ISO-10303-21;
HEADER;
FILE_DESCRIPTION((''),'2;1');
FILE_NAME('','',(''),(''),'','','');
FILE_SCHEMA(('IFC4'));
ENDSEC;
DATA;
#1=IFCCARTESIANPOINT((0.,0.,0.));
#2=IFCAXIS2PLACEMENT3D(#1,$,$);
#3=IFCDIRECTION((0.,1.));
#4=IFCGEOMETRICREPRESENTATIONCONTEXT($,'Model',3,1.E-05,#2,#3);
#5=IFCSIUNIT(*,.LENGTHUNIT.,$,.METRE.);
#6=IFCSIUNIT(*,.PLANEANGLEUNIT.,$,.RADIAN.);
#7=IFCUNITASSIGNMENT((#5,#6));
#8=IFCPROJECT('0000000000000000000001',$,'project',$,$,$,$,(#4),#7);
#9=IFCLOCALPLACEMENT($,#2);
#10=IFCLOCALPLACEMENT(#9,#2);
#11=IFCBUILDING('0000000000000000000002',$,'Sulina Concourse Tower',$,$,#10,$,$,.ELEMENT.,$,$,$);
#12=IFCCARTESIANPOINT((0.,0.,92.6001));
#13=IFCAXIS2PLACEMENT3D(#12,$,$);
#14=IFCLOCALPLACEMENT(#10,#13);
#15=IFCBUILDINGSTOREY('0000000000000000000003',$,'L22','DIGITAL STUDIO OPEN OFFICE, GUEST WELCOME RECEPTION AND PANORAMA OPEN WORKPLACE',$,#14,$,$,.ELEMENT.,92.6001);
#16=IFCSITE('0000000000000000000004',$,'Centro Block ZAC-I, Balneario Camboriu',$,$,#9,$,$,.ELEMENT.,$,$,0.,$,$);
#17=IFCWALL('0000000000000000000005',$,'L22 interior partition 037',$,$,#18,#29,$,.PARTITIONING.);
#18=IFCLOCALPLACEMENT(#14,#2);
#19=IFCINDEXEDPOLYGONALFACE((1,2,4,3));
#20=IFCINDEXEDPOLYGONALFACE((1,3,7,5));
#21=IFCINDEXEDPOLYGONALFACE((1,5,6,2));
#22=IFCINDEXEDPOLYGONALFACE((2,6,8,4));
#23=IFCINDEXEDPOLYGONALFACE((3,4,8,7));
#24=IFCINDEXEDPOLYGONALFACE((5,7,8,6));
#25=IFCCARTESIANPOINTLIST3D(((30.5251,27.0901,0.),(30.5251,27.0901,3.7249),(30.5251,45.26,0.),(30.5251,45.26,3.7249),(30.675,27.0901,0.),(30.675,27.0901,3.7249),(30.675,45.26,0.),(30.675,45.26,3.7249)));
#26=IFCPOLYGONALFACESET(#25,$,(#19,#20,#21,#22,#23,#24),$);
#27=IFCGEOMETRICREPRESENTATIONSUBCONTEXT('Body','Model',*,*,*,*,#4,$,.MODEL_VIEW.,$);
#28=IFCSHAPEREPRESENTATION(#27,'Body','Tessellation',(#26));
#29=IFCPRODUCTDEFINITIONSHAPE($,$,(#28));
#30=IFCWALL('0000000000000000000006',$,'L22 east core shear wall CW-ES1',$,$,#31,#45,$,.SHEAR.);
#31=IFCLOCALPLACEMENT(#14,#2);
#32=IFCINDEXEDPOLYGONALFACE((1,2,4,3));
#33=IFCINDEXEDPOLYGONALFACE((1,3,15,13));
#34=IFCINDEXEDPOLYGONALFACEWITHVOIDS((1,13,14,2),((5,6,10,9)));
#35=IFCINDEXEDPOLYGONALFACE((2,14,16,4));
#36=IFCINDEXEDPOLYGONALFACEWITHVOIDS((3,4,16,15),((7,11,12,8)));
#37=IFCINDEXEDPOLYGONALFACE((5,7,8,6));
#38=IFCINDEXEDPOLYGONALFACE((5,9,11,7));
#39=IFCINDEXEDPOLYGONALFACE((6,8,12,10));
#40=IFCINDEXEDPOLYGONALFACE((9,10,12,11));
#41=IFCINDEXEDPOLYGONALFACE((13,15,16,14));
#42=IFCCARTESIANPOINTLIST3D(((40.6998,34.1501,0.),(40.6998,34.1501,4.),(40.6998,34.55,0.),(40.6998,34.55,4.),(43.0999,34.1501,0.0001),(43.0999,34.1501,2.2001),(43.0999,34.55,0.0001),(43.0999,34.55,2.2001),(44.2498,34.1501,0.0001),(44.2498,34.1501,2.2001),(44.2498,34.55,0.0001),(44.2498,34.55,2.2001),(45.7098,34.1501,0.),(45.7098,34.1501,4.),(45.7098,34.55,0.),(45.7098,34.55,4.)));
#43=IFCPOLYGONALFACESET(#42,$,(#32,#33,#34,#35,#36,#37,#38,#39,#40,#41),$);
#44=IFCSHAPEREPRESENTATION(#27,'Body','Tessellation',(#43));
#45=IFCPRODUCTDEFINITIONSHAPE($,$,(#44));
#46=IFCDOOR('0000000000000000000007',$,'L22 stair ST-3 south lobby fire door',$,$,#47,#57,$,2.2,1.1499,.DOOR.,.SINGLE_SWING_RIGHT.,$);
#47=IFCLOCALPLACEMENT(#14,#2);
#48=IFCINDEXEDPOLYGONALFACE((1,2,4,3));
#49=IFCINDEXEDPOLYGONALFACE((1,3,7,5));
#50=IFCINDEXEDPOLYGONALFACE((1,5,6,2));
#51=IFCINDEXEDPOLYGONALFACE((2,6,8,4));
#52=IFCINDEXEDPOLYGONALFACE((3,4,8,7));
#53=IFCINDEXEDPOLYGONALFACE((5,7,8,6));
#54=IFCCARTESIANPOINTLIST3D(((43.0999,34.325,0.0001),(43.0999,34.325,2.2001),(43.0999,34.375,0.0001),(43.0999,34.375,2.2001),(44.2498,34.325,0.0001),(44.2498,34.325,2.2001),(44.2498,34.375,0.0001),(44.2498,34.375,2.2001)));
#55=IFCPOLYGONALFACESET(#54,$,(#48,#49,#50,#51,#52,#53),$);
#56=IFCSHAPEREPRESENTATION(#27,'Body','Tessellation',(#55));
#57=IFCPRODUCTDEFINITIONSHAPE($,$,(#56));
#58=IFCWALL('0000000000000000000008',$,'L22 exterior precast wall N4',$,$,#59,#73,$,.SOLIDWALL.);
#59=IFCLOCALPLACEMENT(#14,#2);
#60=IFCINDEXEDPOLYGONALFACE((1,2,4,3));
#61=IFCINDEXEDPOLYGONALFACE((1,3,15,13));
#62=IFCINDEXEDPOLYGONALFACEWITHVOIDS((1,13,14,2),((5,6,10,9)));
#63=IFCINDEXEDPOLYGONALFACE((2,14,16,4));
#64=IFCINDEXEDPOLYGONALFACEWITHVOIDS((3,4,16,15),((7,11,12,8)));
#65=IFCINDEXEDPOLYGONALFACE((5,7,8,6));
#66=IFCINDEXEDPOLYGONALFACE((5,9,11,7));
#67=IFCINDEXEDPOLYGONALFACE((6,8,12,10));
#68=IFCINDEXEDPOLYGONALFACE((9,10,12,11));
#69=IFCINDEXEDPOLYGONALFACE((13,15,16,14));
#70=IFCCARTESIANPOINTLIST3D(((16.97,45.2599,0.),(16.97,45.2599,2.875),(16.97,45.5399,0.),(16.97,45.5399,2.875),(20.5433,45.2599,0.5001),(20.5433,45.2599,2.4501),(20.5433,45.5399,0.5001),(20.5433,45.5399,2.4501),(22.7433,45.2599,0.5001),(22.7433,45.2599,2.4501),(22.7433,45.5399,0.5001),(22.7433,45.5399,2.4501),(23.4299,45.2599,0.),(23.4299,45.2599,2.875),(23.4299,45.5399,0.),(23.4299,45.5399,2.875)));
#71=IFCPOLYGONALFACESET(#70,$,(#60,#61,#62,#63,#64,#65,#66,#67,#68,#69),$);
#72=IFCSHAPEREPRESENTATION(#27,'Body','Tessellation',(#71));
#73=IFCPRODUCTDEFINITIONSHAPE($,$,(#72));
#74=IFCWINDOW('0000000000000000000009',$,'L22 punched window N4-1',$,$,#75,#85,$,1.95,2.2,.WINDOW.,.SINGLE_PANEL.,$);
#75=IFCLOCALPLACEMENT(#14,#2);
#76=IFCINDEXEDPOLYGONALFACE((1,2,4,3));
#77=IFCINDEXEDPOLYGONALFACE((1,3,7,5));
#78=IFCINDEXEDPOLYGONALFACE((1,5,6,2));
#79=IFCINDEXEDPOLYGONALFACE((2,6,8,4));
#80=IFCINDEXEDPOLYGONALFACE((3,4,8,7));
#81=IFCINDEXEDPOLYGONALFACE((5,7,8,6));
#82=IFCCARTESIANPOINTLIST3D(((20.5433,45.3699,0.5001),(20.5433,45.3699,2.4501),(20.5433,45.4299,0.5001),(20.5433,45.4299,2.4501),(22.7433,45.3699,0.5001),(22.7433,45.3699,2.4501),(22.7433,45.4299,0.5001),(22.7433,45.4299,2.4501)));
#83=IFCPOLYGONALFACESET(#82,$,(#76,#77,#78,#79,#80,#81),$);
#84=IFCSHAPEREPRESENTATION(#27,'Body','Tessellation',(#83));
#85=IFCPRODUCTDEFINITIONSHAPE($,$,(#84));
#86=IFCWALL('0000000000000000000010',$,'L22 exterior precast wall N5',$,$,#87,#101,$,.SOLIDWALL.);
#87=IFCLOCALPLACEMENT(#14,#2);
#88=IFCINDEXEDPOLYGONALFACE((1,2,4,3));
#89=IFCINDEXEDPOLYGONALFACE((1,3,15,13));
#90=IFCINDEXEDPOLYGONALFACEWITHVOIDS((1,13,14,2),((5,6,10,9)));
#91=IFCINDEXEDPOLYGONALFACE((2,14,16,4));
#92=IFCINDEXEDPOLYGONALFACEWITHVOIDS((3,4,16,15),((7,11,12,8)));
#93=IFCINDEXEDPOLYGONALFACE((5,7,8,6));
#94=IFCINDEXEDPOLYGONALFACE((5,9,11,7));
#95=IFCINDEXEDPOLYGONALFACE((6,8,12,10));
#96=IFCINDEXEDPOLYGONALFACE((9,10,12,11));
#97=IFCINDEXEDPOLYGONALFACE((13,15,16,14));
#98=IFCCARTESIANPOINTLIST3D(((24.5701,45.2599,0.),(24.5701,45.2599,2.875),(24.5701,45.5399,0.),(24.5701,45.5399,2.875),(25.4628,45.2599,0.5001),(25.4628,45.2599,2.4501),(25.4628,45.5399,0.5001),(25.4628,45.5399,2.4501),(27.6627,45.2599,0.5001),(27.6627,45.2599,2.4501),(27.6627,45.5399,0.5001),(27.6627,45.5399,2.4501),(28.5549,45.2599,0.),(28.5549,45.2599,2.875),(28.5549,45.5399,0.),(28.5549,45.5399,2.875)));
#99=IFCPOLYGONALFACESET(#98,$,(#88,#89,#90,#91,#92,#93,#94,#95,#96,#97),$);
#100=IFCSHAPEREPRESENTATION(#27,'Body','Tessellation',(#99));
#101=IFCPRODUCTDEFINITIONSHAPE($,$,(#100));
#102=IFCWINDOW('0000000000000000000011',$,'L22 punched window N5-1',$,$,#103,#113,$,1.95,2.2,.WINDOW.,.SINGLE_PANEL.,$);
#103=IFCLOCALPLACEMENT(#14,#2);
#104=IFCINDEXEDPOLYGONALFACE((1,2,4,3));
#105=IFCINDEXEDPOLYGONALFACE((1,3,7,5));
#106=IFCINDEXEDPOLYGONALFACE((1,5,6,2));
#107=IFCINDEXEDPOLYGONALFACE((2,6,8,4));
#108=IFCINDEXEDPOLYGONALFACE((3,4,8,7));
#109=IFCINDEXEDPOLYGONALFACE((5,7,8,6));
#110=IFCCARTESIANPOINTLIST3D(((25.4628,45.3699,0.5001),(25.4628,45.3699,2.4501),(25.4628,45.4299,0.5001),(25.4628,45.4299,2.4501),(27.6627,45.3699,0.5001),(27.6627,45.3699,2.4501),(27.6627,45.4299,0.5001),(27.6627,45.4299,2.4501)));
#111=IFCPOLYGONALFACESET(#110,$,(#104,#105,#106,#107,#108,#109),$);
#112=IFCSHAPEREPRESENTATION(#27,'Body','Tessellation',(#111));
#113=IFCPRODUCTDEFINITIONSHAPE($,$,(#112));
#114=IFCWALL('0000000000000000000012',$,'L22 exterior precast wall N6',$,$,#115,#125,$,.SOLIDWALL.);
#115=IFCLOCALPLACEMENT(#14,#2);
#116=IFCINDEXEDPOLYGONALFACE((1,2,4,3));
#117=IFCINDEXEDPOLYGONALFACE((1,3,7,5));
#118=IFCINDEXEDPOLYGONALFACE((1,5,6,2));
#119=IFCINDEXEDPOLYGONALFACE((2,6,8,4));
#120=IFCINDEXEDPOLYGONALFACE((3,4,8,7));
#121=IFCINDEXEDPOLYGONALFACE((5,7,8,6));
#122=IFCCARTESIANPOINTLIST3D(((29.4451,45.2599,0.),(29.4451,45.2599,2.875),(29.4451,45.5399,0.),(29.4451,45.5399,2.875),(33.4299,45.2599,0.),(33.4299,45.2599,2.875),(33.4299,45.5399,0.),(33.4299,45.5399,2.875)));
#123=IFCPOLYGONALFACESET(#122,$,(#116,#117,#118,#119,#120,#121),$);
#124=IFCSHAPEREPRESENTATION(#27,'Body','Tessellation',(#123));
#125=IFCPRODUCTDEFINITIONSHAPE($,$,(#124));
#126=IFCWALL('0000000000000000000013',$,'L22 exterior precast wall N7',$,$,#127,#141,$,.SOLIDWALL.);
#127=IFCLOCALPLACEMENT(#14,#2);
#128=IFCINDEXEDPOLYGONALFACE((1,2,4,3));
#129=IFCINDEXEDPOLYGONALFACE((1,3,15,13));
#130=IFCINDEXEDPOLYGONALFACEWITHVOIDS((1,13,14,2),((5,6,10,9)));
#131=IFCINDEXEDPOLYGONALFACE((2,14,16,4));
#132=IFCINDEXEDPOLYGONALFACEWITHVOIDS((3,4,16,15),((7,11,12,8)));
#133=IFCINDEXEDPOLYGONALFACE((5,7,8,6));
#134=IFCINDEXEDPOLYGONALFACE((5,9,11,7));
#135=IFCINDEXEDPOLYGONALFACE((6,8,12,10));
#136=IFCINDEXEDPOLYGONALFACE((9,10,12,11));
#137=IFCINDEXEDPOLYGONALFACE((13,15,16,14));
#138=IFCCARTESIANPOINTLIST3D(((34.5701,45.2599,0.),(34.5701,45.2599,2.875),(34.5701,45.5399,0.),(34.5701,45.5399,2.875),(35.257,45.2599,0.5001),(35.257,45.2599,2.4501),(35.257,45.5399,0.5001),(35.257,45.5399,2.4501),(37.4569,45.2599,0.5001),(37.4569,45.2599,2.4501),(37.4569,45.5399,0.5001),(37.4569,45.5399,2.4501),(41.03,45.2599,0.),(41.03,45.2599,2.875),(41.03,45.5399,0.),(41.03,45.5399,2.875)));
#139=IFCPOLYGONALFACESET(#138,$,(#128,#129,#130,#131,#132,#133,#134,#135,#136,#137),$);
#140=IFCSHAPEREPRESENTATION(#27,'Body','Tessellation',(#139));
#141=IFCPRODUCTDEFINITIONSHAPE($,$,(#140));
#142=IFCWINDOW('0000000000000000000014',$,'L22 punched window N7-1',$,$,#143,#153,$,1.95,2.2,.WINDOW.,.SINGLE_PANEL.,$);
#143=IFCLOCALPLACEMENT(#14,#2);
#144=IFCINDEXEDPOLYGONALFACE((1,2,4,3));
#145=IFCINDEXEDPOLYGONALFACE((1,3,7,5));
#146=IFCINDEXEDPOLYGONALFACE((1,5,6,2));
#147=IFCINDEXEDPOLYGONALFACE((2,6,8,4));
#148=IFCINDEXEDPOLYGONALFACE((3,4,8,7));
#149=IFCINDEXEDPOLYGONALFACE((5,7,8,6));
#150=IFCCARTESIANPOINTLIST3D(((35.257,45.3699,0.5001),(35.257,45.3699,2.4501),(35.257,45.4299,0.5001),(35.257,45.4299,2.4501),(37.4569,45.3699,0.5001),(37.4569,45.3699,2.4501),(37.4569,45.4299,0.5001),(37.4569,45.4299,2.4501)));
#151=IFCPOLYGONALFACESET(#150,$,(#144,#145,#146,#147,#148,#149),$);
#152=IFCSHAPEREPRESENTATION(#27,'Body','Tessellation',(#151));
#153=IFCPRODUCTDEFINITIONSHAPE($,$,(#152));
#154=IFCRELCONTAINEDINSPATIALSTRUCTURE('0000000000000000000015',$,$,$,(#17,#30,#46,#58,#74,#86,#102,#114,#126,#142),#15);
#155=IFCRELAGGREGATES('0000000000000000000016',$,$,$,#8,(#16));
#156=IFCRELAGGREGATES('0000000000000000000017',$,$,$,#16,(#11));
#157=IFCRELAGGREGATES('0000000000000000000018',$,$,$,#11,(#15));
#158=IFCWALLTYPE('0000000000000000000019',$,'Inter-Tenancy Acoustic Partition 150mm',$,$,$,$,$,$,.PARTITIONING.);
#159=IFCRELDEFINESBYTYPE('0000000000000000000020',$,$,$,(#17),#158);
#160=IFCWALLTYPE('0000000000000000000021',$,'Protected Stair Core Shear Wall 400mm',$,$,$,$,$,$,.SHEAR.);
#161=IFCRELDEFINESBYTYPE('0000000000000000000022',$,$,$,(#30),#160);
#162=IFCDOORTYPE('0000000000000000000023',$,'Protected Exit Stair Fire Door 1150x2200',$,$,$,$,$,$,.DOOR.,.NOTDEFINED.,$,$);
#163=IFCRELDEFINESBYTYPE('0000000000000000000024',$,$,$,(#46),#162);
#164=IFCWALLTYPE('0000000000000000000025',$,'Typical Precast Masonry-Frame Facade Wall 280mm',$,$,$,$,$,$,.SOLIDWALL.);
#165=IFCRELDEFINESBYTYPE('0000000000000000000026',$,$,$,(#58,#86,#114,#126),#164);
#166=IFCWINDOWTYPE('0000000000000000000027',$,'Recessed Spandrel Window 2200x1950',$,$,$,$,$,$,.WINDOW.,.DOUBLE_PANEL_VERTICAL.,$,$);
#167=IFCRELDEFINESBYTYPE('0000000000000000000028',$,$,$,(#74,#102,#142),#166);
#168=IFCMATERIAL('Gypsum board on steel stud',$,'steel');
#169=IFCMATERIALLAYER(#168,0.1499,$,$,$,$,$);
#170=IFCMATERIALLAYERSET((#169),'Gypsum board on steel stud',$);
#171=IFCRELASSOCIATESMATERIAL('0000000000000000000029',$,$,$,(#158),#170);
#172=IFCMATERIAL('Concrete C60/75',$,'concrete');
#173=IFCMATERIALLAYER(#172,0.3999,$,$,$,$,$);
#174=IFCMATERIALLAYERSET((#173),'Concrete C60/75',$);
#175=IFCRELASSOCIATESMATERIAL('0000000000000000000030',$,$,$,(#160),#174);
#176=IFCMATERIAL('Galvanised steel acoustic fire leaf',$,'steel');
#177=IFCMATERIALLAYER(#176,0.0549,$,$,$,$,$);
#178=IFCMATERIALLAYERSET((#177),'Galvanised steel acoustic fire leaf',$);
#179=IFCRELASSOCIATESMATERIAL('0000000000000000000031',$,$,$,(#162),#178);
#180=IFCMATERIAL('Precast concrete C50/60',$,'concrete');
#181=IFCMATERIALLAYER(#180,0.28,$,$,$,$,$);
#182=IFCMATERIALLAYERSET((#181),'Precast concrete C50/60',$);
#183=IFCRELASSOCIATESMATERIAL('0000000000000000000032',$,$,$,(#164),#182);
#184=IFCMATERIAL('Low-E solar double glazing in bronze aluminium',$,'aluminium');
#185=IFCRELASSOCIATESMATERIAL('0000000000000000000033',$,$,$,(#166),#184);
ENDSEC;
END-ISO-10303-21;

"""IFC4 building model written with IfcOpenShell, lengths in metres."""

from ifc_helpers import new_model, si_unit, direction, frame, frame_2d, origin, place, context, subcontext, project, spatial, rectangle, extrude, material, layer, layer_set, type_object, element, fill, save


model = new_model("IFC4")

# Units and contexts
model_context = context("Model", 3, precision=1e-05, world=origin(), true_north=direction((0.0, 1.0)))
body_context = subcontext(model_context, "Body", "Model", "MODEL_VIEW")
ifc_project = project(units=[si_unit("LENGTHUNIT", "METRE"), si_unit("PLANEANGLEUNIT", "RADIAN")], contexts=[model_context])

# Site, building, storey
site_placement = place(None, origin())
site = spatial("IfcSite", under=ifc_project, at=site_placement, Name="Centro Block ZAC-I, Balneario Camboriu", CompositionType="ELEMENT", RefElevation=0.0)
building_placement = place(site_placement, origin())
building = spatial("IfcBuilding", under=site, at=building_placement, Name="Sulina Concourse Tower", CompositionType="ELEMENT")
storey_placement = place(building_placement, frame((0.0, 0.0, 92.6001)))
storey = spatial("IfcBuildingStorey", under=building, at=storey_placement, Name="L22", Description="DIGITAL STUDIO OPEN OFFICE, GUEST WELCOME RECEPTION AND PANORAMA OPEN WORKPLACE", CompositionType="ELEMENT", Elevation=92.6001)

# Wall
ifc_material_1 = material(Name="Gypsum board on steel stud", Category="steel")
ifc_layer_1 = layer(ifc_material_1, 0.1499)
ifc_layer_set_1 = layer_set([ifc_layer_1], Name="Gypsum board on steel stud")
wall_type_1 = type_object("IfcWallType", Name="Inter-Tenancy Acoustic Partition 150mm", PredefinedType="PARTITIONING", material=ifc_layer_set_1)
wall_1_placement = place(storey_placement, frame((30.6001, 27.0901, 0.0), z_axis=(0.0, 0.0, 1.0), x_axis=(0.0, 1.0, 0.0)))
element("IfcWall", 1, at=wall_1_placement, inside=storey, type_object=wall_type_1, Name="L22 interior partition 037", PredefinedType="PARTITIONING", context=body_context, shape_type="SweptSolid", body=[
    extrude(rectangle(XDim=18.1699, YDim=0.1499, at=frame_2d((9.085, 0.0))), origin(), (0.0, 0.0, 1.0), 3.7249),
])

# Wall, opening, door
ifc_material_2 = material(Name="Concrete C60/75", Category="concrete")
ifc_layer_2 = layer(ifc_material_2, 0.3999)
ifc_layer_set_2 = layer_set([ifc_layer_2], Name="Concrete C60/75")
wall_type_2 = type_object("IfcWallType", Name="Protected Stair Core Shear Wall 400mm", PredefinedType="SHEAR", material=ifc_layer_set_2)
wall_2_placement = place(storey_placement, frame((40.7, 34.3501, 0.0), z_axis=(0.0, 0.0, 1.0), x_axis=(1.0, 0.0, 0.0)))
wall_2 = element("IfcWall", 2, at=wall_2_placement, inside=storey, type_object=wall_type_2, Name="L22 east core shear wall CW-ES1", PredefinedType="SHEAR", context=body_context, shape_type="SweptSolid", body=[
    extrude(rectangle(XDim=5.01, YDim=0.3999, at=frame_2d((2.5049, 0.0))), origin(), (0.0, 0.0, 1.0), 4.0),
])
opening_1_placement = place(wall_2_placement, frame((2.3999, 0.0, 0.0)))
opening_1 = element("IfcOpeningElement", 3, at=opening_1_placement, cuts=wall_2, PredefinedType="OPENING", context=body_context, shape_type="SweptSolid", body=[
    extrude(rectangle(XDim=1.1499, YDim=2.2, at=frame_2d((0.575, 1.1001))), frame((0.0, 0.21, 0.0), z_axis=(0.0, -1.0, 0.0), x_axis=(1.0, 0.0, 0.0)), (0.0, 0.0, 1.0), 0.4199),
])
ifc_material_3 = material(Name="Galvanised steel acoustic fire leaf", Category="steel")
ifc_layer_3 = layer(ifc_material_3, 0.0549)
ifc_layer_set_3 = layer_set([ifc_layer_3], Name="Galvanised steel acoustic fire leaf")
door_type_1 = type_object("IfcDoorType", Name="Protected Exit Stair Fire Door 1150x2200", OperationType="NOTDEFINED", PredefinedType="DOOR", material=ifc_layer_set_3)
door_1_placement = place(opening_1_placement, origin())
door_1 = element("IfcDoor", 4, at=door_1_placement, inside=storey, type_object=door_type_1, Name="L22 stair ST-3 south lobby fire door", OperationType="SINGLE_SWING_RIGHT", OverallHeight=2.2, OverallWidth=1.1499, PredefinedType="DOOR", context=body_context, shape_type="SweptSolid", body=[
    extrude(rectangle(XDim=1.1499, YDim=2.2, at=frame_2d((0.575, 1.1001))), frame((0.0, 0.0249, 0.0), z_axis=(0.0, -1.0, 0.0), x_axis=(1.0, 0.0, 0.0)), (0.0, 0.0, 1.0), 0.05),
])
fill(opening_1, door_1)

# Walls, openings, windows
ifc_material_4 = material(Name="Precast concrete C50/60", Category="concrete")
ifc_layer_4 = layer(ifc_material_4, 0.28)
ifc_layer_set_4 = layer_set([ifc_layer_4], Name="Precast concrete C50/60")
wall_type_3 = type_object("IfcWallType", Name="Typical Precast Masonry-Frame Facade Wall 280mm", PredefinedType="SOLIDWALL", material=ifc_layer_set_4)
wall_3_placement = place(storey_placement, frame((16.97, 45.3999, 0.0), z_axis=(0.0, 0.0, 1.0), x_axis=(1.0, 0.0, 0.0)))
wall_3 = element("IfcWall", 5, at=wall_3_placement, inside=storey, type_object=wall_type_3, Name="L22 exterior precast wall N4", PredefinedType="SOLIDWALL", context=body_context, shape_type="SweptSolid", body=[
    extrude(rectangle(XDim=6.46, YDim=0.28, at=frame_2d((3.23, 0.0))), origin(), (0.0, 0.0, 1.0), 2.875),
])
opening_2_placement = place(wall_3_placement, frame((3.5732, 0.0, 0.5)))
opening_2 = element("IfcOpeningElement", 6, at=opening_2_placement, cuts=wall_3, PredefinedType="OPENING", context=body_context, shape_type="SweptSolid", body=[
    extrude(rectangle(XDim=2.2, YDim=1.95, at=frame_2d((1.1001, 0.9751))), frame((0.0, 0.1499, 0.0), z_axis=(0.0, -1.0, 0.0), x_axis=(1.0, 0.0, 0.0)), (0.0, 0.0, 1.0), 0.3),
])
ifc_material_5 = material(Name="Low-E solar double glazing in bronze aluminium", Category="aluminium")
window_type = type_object("IfcWindowType", Name="Recessed Spandrel Window 2200x1950", PartitioningType="DOUBLE_PANEL_VERTICAL", PredefinedType="WINDOW", material=ifc_material_5)
window_1_placement = place(opening_2_placement, origin())
window_1 = element("IfcWindow", 7, at=window_1_placement, inside=storey, type_object=window_type, Name="L22 punched window N4-1", OverallHeight=1.95, OverallWidth=2.2, PartitioningType="SINGLE_PANEL", PredefinedType="WINDOW", context=body_context, shape_type="SweptSolid", body=[
    extrude(rectangle(XDim=2.2, YDim=1.95, at=frame_2d((1.1001, 0.9751))), frame((0.0, 0.03, 0.0), z_axis=(0.0, -1.0, 0.0), x_axis=(1.0, 0.0, 0.0)), (0.0, 0.0, 1.0), 0.0601),
])
fill(opening_2, window_1)
wall_4_placement = place(storey_placement, frame((24.5701, 45.3999, 0.0), z_axis=(0.0, 0.0, 1.0), x_axis=(1.0, 0.0, 0.0)))
wall_4 = element("IfcWall", 8, at=wall_4_placement, inside=storey, type_object=wall_type_3, Name="L22 exterior precast wall N5", PredefinedType="SOLIDWALL", context=body_context, shape_type="SweptSolid", body=[
    extrude(rectangle(XDim=3.9849, YDim=0.28, at=frame_2d((1.9924, 0.0))), origin(), (0.0, 0.0, 1.0), 2.875),
])
opening_3_placement = place(wall_4_placement, frame((0.8926, 0.0, 0.5)))
opening_3 = element("IfcOpeningElement", 9, at=opening_3_placement, cuts=wall_4, PredefinedType="OPENING", context=body_context, shape_type="SweptSolid", body=[
    extrude(rectangle(XDim=2.2, YDim=1.95, at=frame_2d((1.1001, 0.9751))), frame((0.0, 0.1499, 0.0), z_axis=(0.0, -1.0, 0.0), x_axis=(1.0, 0.0, 0.0)), (0.0, 0.0, 1.0), 0.3),
])
window_2_placement = place(opening_3_placement, origin())
window_2 = element("IfcWindow", 10, at=window_2_placement, inside=storey, type_object=window_type, Name="L22 punched window N5-1", OverallHeight=1.95, OverallWidth=2.2, PartitioningType="SINGLE_PANEL", PredefinedType="WINDOW", context=body_context, shape_type="SweptSolid", body=[
    extrude(rectangle(XDim=2.2, YDim=1.95, at=frame_2d((1.1001, 0.9751))), frame((0.0, 0.03, 0.0), z_axis=(0.0, -1.0, 0.0), x_axis=(1.0, 0.0, 0.0)), (0.0, 0.0, 1.0), 0.0601),
])
fill(opening_3, window_2)

# Wall
wall_5_placement = place(storey_placement, frame((29.4451, 45.3999, 0.0), z_axis=(0.0, 0.0, 1.0), x_axis=(1.0, 0.0, 0.0)))
element("IfcWall", 11, at=wall_5_placement, inside=storey, type_object=wall_type_3, Name="L22 exterior precast wall N6", PredefinedType="SOLIDWALL", context=body_context, shape_type="SweptSolid", body=[
    extrude(rectangle(XDim=3.9849, YDim=0.28, at=frame_2d((1.9924, 0.0))), origin(), (0.0, 0.0, 1.0), 2.875),
])

# Wall, opening, window
wall_6_placement = place(storey_placement, frame((34.5701, 45.3999, 0.0), z_axis=(0.0, 0.0, 1.0), x_axis=(1.0, 0.0, 0.0)))
wall_6 = element("IfcWall", 12, at=wall_6_placement, inside=storey, type_object=wall_type_3, Name="L22 exterior precast wall N7", PredefinedType="SOLIDWALL", context=body_context, shape_type="SweptSolid", body=[
    extrude(rectangle(XDim=6.46, YDim=0.28, at=frame_2d((3.23, 0.0))), origin(), (0.0, 0.0, 1.0), 2.875),
])
opening_4_placement = place(wall_6_placement, frame((0.6868, 0.0, 0.5)))
opening_4 = element("IfcOpeningElement", 13, at=opening_4_placement, cuts=wall_6, PredefinedType="OPENING", context=body_context, shape_type="SweptSolid", body=[
    extrude(rectangle(XDim=2.2, YDim=1.95, at=frame_2d((1.1001, 0.9751))), frame((0.0, 0.1499, 0.0), z_axis=(0.0, -1.0, 0.0), x_axis=(1.0, 0.0, 0.0)), (0.0, 0.0, 1.0), 0.3),
])
window_3_placement = place(opening_4_placement, origin())
window_3 = element("IfcWindow", 14, at=window_3_placement, inside=storey, type_object=window_type, Name="L22 punched window N7-1", OverallHeight=1.95, OverallWidth=2.2, PartitioningType="SINGLE_PANEL", PredefinedType="WINDOW", context=body_context, shape_type="SweptSolid", body=[
    extrude(rectangle(XDim=2.2, YDim=1.95, at=frame_2d((1.1001, 0.9751))), frame((0.0, 0.03, 0.0), z_axis=(0.0, -1.0, 0.0), x_axis=(1.0, 0.0, 0.0)), (0.0, 0.0, 1.0), 0.0601),
])
fill(opening_4, window_3)

save(model, "model.ifc")
